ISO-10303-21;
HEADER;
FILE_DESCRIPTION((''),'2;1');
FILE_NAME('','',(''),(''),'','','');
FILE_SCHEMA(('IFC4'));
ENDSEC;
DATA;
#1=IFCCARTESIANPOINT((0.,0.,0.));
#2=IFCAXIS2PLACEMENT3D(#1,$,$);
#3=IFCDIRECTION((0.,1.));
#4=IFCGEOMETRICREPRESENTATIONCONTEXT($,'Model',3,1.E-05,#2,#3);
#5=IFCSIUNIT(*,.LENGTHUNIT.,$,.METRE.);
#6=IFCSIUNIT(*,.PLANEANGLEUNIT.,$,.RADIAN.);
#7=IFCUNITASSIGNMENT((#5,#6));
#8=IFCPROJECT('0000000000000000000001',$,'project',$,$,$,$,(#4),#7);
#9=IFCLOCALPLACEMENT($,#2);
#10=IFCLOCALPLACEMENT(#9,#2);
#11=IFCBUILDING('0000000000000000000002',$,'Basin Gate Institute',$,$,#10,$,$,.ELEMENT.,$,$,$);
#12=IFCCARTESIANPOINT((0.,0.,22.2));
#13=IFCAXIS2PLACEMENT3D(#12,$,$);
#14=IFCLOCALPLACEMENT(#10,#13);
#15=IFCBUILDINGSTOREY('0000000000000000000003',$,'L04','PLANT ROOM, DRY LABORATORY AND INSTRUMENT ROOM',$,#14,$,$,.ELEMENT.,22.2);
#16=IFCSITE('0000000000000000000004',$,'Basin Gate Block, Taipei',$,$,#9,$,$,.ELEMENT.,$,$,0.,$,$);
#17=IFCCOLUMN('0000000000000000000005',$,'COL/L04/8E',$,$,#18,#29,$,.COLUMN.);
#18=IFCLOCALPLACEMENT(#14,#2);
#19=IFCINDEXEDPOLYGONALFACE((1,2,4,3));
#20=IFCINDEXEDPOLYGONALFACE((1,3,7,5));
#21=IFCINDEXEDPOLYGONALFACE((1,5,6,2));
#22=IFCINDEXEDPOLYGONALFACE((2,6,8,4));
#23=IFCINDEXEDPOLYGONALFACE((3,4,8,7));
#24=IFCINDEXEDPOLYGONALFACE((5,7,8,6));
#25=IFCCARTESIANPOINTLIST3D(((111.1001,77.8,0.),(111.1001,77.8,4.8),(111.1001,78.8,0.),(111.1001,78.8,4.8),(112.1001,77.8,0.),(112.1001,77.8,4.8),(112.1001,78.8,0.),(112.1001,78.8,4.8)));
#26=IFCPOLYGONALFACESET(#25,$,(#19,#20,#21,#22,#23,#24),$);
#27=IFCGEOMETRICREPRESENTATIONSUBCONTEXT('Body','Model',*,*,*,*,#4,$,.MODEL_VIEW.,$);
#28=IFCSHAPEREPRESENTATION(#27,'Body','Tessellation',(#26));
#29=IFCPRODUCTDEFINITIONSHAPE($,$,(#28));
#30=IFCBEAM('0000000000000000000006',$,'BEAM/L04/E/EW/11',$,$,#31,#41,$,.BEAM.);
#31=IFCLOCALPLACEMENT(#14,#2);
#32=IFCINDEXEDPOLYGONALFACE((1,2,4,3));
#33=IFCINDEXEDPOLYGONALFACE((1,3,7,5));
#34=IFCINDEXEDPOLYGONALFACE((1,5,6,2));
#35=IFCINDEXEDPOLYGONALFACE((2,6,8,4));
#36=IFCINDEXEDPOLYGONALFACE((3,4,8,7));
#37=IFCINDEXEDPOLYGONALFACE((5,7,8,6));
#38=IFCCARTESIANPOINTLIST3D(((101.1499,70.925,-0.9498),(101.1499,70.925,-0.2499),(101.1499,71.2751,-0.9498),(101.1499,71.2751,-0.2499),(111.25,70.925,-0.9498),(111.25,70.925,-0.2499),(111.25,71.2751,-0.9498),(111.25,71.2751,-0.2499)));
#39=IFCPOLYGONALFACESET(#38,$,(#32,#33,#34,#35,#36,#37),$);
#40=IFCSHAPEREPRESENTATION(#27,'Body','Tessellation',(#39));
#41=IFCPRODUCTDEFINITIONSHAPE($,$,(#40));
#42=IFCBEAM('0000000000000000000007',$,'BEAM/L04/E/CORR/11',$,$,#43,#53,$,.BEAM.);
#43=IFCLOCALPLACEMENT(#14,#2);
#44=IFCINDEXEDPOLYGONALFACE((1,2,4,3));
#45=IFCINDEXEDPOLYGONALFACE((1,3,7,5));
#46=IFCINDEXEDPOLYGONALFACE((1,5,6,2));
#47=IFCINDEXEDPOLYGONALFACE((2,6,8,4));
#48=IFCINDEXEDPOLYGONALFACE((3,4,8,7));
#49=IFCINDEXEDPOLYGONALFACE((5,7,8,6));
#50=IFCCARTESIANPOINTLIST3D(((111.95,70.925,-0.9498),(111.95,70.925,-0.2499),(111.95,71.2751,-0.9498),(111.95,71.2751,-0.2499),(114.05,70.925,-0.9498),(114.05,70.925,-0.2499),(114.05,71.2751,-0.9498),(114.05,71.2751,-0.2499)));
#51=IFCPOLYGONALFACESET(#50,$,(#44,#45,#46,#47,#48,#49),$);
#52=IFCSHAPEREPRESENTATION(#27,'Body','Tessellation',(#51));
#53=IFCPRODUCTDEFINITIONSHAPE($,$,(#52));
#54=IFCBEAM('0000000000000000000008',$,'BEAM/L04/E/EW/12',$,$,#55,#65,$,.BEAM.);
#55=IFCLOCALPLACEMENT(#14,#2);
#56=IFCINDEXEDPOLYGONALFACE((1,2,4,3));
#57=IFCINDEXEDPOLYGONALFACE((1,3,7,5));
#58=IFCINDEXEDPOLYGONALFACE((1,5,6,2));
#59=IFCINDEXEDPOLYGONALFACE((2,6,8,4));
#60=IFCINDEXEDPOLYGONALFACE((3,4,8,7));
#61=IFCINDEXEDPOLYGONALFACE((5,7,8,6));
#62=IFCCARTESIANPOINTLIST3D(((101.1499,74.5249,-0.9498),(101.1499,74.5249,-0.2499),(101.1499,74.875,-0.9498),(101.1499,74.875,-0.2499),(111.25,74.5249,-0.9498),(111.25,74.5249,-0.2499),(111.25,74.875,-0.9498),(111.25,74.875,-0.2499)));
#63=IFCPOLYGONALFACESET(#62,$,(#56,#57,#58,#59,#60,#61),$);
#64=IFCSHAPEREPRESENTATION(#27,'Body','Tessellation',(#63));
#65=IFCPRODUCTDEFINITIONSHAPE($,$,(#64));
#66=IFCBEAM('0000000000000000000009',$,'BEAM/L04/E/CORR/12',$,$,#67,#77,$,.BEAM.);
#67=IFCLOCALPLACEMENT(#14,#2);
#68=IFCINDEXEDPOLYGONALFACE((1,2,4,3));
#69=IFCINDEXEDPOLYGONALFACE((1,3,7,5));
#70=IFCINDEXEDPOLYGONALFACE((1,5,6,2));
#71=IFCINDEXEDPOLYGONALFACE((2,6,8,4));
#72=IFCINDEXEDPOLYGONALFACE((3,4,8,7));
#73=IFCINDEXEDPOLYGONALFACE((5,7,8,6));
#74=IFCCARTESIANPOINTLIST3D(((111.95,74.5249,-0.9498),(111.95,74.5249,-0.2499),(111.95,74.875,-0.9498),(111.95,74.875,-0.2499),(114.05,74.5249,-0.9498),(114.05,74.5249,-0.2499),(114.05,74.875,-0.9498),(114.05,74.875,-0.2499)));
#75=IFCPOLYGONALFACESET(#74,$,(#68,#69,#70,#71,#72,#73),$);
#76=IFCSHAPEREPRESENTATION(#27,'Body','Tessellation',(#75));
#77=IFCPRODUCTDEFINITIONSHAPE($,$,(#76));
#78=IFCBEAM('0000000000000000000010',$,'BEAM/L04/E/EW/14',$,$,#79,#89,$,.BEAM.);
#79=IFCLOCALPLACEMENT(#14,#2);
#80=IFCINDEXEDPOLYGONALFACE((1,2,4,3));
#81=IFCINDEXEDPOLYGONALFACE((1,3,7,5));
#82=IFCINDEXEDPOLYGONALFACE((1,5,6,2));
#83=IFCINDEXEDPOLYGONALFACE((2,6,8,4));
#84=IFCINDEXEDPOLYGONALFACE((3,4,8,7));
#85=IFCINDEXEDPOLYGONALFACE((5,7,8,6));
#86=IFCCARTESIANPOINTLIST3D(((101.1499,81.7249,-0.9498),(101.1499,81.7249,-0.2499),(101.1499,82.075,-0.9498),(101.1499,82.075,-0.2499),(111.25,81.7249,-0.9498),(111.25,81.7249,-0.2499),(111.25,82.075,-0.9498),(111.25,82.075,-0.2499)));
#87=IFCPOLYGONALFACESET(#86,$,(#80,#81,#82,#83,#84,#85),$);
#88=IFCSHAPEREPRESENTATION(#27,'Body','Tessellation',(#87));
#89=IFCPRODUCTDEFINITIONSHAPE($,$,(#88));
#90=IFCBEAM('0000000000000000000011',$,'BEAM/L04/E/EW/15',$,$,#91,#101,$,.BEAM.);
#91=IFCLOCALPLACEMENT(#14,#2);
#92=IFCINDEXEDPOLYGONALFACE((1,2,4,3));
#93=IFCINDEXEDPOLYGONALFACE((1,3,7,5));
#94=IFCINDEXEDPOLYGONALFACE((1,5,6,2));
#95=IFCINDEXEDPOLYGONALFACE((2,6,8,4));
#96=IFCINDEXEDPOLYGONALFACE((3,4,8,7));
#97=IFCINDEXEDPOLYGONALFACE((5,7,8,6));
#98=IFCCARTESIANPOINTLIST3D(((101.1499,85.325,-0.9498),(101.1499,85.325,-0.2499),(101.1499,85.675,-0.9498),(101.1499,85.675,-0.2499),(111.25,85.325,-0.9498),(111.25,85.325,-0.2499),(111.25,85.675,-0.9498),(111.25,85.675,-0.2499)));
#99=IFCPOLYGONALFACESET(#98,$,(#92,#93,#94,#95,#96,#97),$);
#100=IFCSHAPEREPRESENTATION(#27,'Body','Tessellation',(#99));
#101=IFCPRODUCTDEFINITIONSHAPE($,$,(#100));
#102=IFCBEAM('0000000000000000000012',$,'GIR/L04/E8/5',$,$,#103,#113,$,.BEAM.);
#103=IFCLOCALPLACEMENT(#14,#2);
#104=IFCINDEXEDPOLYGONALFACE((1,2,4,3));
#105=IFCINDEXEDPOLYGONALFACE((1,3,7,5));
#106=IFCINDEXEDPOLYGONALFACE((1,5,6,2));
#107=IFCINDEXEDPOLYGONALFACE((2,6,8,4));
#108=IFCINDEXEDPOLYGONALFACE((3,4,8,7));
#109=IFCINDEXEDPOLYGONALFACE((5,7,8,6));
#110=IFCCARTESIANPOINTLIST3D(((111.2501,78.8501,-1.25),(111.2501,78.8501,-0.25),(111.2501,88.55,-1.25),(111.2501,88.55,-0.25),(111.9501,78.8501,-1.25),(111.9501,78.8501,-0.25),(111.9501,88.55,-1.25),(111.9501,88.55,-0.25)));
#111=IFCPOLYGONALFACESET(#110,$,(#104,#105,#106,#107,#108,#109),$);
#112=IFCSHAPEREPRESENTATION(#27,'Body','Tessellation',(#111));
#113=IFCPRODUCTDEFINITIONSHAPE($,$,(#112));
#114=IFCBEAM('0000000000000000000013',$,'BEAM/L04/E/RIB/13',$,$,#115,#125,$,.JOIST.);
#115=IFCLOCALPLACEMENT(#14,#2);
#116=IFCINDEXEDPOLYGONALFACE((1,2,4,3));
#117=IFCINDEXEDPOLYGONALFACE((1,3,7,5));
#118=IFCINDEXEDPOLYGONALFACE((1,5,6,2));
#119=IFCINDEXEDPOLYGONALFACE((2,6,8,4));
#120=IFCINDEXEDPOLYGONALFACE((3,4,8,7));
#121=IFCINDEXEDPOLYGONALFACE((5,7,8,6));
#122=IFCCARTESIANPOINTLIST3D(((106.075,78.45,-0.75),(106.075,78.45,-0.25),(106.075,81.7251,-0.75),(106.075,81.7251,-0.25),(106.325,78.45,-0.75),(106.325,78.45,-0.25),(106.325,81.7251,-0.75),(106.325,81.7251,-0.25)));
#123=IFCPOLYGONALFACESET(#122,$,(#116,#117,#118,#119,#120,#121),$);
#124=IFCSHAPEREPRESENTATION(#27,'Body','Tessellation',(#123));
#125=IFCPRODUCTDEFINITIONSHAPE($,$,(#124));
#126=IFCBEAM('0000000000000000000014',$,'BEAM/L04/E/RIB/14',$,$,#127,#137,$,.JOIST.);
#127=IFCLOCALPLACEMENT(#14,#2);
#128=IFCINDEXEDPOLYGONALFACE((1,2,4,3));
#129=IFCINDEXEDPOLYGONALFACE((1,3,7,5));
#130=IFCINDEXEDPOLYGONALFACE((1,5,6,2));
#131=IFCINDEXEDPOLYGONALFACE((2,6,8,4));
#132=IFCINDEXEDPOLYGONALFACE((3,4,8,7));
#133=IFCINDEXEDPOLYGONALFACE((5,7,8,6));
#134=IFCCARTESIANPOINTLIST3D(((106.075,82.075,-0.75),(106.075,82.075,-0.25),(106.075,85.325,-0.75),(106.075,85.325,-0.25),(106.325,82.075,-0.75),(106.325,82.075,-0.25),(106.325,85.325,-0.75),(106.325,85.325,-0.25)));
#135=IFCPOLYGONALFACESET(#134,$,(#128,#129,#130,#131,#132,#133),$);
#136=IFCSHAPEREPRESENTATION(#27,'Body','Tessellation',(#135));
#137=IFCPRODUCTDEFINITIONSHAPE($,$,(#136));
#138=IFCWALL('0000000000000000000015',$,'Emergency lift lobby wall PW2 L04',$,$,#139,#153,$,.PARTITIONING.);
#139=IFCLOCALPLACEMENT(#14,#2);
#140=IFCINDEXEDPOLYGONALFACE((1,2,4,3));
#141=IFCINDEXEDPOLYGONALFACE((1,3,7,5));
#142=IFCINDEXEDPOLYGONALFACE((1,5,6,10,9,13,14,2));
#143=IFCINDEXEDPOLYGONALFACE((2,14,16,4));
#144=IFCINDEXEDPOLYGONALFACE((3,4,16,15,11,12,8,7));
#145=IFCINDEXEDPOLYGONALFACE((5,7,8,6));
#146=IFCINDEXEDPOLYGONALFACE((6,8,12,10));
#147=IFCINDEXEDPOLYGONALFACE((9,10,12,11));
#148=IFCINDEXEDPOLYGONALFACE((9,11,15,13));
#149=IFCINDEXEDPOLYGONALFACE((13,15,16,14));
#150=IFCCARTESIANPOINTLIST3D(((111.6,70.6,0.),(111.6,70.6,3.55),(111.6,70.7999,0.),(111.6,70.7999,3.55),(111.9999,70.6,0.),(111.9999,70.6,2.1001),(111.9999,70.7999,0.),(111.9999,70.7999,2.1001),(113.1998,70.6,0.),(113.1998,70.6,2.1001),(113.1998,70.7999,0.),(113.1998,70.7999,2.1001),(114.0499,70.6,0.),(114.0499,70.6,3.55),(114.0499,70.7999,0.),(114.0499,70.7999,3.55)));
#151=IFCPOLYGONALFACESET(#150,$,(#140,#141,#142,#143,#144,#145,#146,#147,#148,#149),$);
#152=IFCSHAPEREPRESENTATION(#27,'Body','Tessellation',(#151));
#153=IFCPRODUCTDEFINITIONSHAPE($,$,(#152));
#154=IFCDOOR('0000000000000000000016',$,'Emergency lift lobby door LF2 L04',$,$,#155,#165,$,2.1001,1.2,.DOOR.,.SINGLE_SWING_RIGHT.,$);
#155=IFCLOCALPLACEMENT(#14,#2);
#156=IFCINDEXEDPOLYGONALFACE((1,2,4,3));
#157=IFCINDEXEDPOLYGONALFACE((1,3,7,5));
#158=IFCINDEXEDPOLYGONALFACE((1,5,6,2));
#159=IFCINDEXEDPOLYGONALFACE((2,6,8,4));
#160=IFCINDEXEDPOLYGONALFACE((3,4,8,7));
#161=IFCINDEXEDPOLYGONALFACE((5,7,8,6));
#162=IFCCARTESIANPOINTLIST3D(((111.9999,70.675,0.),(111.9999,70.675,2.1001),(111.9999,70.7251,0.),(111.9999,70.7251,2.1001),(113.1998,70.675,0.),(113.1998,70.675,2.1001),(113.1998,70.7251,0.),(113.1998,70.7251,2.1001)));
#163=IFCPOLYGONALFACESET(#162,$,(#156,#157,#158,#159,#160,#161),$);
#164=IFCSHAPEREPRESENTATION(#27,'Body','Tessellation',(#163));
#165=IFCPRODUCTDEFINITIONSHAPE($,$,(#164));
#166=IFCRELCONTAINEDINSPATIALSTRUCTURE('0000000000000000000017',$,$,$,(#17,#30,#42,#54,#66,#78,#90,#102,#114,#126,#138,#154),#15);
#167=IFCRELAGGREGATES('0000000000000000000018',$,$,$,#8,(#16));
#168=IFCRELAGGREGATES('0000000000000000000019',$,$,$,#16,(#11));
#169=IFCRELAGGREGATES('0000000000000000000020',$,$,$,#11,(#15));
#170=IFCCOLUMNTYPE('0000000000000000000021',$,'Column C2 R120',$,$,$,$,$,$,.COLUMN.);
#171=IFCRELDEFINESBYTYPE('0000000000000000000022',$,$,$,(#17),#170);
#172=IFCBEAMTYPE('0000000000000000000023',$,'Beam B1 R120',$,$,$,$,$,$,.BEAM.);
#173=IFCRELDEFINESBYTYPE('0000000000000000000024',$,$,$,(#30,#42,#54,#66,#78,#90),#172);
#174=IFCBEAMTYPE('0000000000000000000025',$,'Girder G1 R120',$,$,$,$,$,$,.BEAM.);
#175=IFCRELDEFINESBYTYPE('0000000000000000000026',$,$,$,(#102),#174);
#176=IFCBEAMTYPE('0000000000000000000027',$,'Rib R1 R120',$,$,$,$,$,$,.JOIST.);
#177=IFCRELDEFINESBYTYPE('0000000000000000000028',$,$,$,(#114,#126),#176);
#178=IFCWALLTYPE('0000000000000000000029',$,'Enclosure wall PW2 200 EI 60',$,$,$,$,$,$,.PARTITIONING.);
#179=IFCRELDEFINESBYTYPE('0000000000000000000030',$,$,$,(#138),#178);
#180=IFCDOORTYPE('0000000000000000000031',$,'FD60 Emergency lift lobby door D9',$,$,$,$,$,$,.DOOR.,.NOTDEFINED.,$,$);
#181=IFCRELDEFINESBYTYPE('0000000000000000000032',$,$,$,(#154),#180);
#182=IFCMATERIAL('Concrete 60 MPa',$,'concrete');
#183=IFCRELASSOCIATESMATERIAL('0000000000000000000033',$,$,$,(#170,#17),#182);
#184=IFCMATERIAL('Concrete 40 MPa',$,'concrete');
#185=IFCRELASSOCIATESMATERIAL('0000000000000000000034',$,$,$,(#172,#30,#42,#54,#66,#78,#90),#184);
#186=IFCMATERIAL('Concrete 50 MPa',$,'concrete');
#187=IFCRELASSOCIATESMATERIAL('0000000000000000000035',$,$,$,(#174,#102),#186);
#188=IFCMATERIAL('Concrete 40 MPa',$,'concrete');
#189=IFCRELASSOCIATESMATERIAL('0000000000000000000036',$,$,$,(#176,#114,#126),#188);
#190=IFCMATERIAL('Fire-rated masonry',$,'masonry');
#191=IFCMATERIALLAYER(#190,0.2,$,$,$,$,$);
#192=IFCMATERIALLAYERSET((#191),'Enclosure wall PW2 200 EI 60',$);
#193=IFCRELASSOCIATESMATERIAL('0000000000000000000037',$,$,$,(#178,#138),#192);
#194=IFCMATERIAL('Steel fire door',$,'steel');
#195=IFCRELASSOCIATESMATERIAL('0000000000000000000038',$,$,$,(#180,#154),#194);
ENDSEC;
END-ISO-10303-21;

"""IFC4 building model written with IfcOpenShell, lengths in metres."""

from ifc_helpers import new_model, si_unit, direction, frame, frame_2d, origin, origin_2d, place, context, subcontext, project, spatial, rectangle, extrude, material, layer, layer_set, material_profile, profile_set, type_object, element, fill, save


model = new_model("IFC4")

# Units and contexts
model_context = context("Model", 3, precision=1e-05, world=origin(), true_north=direction((0.0, 1.0)))
body_context = subcontext(model_context, "Body", "Model", "MODEL_VIEW")
ifc_project = project(units=[si_unit("LENGTHUNIT", "METRE"), si_unit("PLANEANGLEUNIT", "RADIAN")], contexts=[model_context])

# Site, building, storey
site_placement = place(None, origin())
site = spatial("IfcSite", under=ifc_project, at=site_placement, Name="Basin Gate Block, Taipei", CompositionType="ELEMENT", RefElevation=0.0)
building_placement = place(site_placement, origin())
building = spatial("IfcBuilding", under=site, at=building_placement, Name="Basin Gate Institute", CompositionType="ELEMENT")
storey_placement = place(building_placement, frame((0.0, 0.0, 22.2)))
storey = spatial("IfcBuildingStorey", under=building, at=storey_placement, Name="L04", Description="PLANT ROOM, DRY LABORATORY AND INSTRUMENT ROOM", CompositionType="ELEMENT", Elevation=22.2)

# Column
ifc_material_1 = material(Name="Concrete 60 MPa", Category="concrete")
ifc_material_profile_1 = material_profile(ifc_material_1, rectangle(XDim=1.0, YDim=1.0, at=origin_2d()), Name="Column C2 1000 x 1000")
ifc_profile_set_1 = profile_set([ifc_material_profile_1], Name="Concrete 60 MPa")
column_type = type_object("IfcColumnType", Name="Column C2 R120", PredefinedType="COLUMN", material=ifc_profile_set_1)
column_placement = place(storey_placement, frame((111.6001, 78.3, 0.0), z_axis=(0.0, 0.0, 1.0), x_axis=(1.0, 0.0, 0.0)))
element("IfcColumn", 1, at=column_placement, inside=storey, type_object=column_type, material=ifc_profile_set_1, Name="COL/L04/8E", PredefinedType="COLUMN", context=body_context, shape_type="SweptSolid", body=[
    extrude(rectangle(XDim=1.0, YDim=1.0, at=origin_2d()), origin(), (0.0, 0.0, 1.0), 4.8),
])

# Beams
ifc_material_2 = material(Name="Concrete 40 MPa", Category="concrete")
ifc_material_profile_2 = material_profile(ifc_material_2, rectangle(XDim=0.3501, YDim=0.7, at=origin_2d()), Name="Beam B1 350 x 700")
ifc_profile_set_2 = profile_set([ifc_material_profile_2], Name="Concrete 40 MPa")
beam_type_1 = type_object("IfcBeamType", Name="Beam B1 R120", PredefinedType="BEAM", material=ifc_profile_set_2)
beam_1_placement = place(storey_placement, frame((111.25, 71.1001, -0.5999), z_axis=(-1.0, 0.0, 0.0), x_axis=(0.0, -1.0, 0.0)))
element("IfcBeam", 2, at=beam_1_placement, inside=storey, type_object=beam_type_1, material=ifc_profile_set_2, Name="BEAM/L04/E/EW/11", PredefinedType="BEAM", context=body_context, shape_type="SweptSolid", body=[
    extrude(rectangle(XDim=0.3501, YDim=0.7, at=origin_2d()), origin(), (0.0, 0.0, 1.0), 10.1001),
])
beam_2_placement = place(storey_placement, frame((114.05, 71.1001, -0.5999), z_axis=(-1.0, 0.0, 0.0), x_axis=(0.0, -1.0, 0.0)))
element("IfcBeam", 3, at=beam_2_placement, inside=storey, type_object=beam_type_1, material=ifc_profile_set_2, Name="BEAM/L04/E/CORR/11", PredefinedType="BEAM", context=body_context, shape_type="SweptSolid", body=[
    extrude(rectangle(XDim=0.3501, YDim=0.7, at=origin_2d()), origin(), (0.0, 0.0, 1.0), 2.1001),
])
beam_3_placement = place(storey_placement, frame((111.25, 74.7, -0.5999), z_axis=(-1.0, 0.0, 0.0), x_axis=(0.0, -1.0, 0.0)))
element("IfcBeam", 4, at=beam_3_placement, inside=storey, type_object=beam_type_1, material=ifc_profile_set_2, Name="BEAM/L04/E/EW/12", PredefinedType="BEAM", context=body_context, shape_type="SweptSolid", body=[
    extrude(rectangle(XDim=0.3501, YDim=0.7, at=origin_2d()), origin(), (0.0, 0.0, 1.0), 10.1001),
])
beam_4_placement = place(storey_placement, frame((114.05, 74.7, -0.5999), z_axis=(-1.0, 0.0, 0.0), x_axis=(0.0, -1.0, 0.0)))
element("IfcBeam", 5, at=beam_4_placement, inside=storey, type_object=beam_type_1, material=ifc_profile_set_2, Name="BEAM/L04/E/CORR/12", PredefinedType="BEAM", context=body_context, shape_type="SweptSolid", body=[
    extrude(rectangle(XDim=0.3501, YDim=0.7, at=origin_2d()), origin(), (0.0, 0.0, 1.0), 2.1001),
])
for number, where, z_axis, x_axis, name in (
    (6, (111.25, 81.8999, -0.5999), (-1.0, 0.0, 0.0), (0.0, -1.0, 0.0), "BEAM/L04/E/EW/14"),
    (7, (111.25, 85.5, -0.5999), (-1.0, 0.0, 0.0), (0.0, -1.0, 0.0), "BEAM/L04/E/EW/15"),
):
    element("IfcBeam", number, at=place(storey_placement, frame(where, z_axis=z_axis, x_axis=x_axis)), inside=storey, type_object=beam_type_1, material=ifc_profile_set_2, Name=name, PredefinedType="BEAM", context=body_context, shape_type="SweptSolid", body=[
        extrude(rectangle(XDim=0.3501, YDim=0.7, at=origin_2d()), origin(), (0.0, 0.0, 1.0), 10.1001),
    ])
ifc_material_3 = material(Name="Concrete 50 MPa", Category="concrete")
ifc_material_profile_3 = material_profile(ifc_material_3, rectangle(XDim=0.7, YDim=1.0, at=origin_2d()), Name="Girder G1 700 x 1000")
ifc_profile_set_3 = profile_set([ifc_material_profile_3], Name="Concrete 50 MPa")
beam_type_2 = type_object("IfcBeamType", Name="Girder G1 R120", PredefinedType="BEAM", material=ifc_profile_set_3)
beam_5_placement = place(storey_placement, frame((111.6001, 78.8501, -0.75), z_axis=(0.0, 1.0, 0.0), x_axis=(-1.0, 0.0, 0.0)))
element("IfcBeam", 8, at=beam_5_placement, inside=storey, type_object=beam_type_2, material=ifc_profile_set_3, Name="GIR/L04/E8/5", PredefinedType="BEAM", context=body_context, shape_type="SweptSolid", body=[
    extrude(rectangle(XDim=0.7, YDim=1.0, at=origin_2d()), origin(), (0.0, 0.0, 1.0), 9.7),
])
ifc_material_4 = material(Name="Concrete 40 MPa", Category="concrete")
ifc_material_profile_4 = material_profile(ifc_material_4, rectangle(XDim=0.25, YDim=0.5, at=origin_2d()), Name="Rib R1 250 x 500")
ifc_profile_set_4 = profile_set([ifc_material_profile_4], Name="Concrete 40 MPa")
beam_type_3 = type_object("IfcBeamType", Name="Rib R1 R120", PredefinedType="JOIST", material=ifc_profile_set_4)
beam_6_placement = place(storey_placement, frame((106.2, 78.45, -0.5), z_axis=(0.0, 1.0, 0.0), x_axis=(-1.0, 0.0, 0.0)))
element("IfcBeam", 9, at=beam_6_placement, inside=storey, type_object=beam_type_3, material=ifc_profile_set_4, Name="BEAM/L04/E/RIB/13", PredefinedType="JOIST", context=body_context, shape_type="SweptSolid", body=[
    extrude(rectangle(XDim=0.25, YDim=0.5, at=origin_2d()), origin(), (0.0, 0.0, 1.0), 3.2751),
])
beam_7_placement = place(storey_placement, frame((106.2, 82.075, -0.5), z_axis=(0.0, 1.0, 0.0), x_axis=(-1.0, 0.0, 0.0)))
element("IfcBeam", 10, at=beam_7_placement, inside=storey, type_object=beam_type_3, material=ifc_profile_set_4, Name="BEAM/L04/E/RIB/14", PredefinedType="JOIST", context=body_context, shape_type="SweptSolid", body=[
    extrude(rectangle(XDim=0.25, YDim=0.5, at=origin_2d()), origin(), (0.0, 0.0, 1.0), 3.25),
])

# Wall, opening, door
ifc_material_5 = material(Name="Fire-rated masonry", Category="masonry")
ifc_layer_1 = layer(ifc_material_5, 0.2)
ifc_layer_set_1 = layer_set([ifc_layer_1], Name="Enclosure wall PW2 200 EI 60")
wall_type_1 = type_object("IfcWallType", Name="Enclosure wall PW2 200 EI 60", PredefinedType="PARTITIONING", material=ifc_layer_set_1)
wall_1_placement = place(storey_placement, frame((114.05, 70.7, 0.0), z_axis=(0.0, 0.0, 1.0), x_axis=(-1.0, 0.0, 0.0)))
wall_1 = element("IfcWall", 11, at=wall_1_placement, inside=storey, type_object=wall_type_1, material=ifc_layer_set_1, Name="Emergency lift lobby wall PW2 L04", PredefinedType="PARTITIONING", context=body_context, shape_type="SweptSolid", body=[
    extrude(rectangle(XDim=2.45, YDim=0.2, at=frame_2d((1.2251, 0.0))), origin(), (0.0, 0.0, 1.0), 3.55),
])
opening_1_placement = place(wall_1_placement, frame((0.8501, 0.0, 0.0)))
opening_1 = element("IfcOpeningElement", 12, at=opening_1_placement, cuts=wall_1, PredefinedType="OPENING", context=body_context, shape_type="SweptSolid", body=[
    extrude(rectangle(XDim=1.2, YDim=2.1001, at=frame_2d((0.6001, 1.05))), frame((0.0, 0.1099, 0.0), z_axis=(0.0, -1.0, 0.0), x_axis=(1.0, 0.0, 0.0)), (0.0, 0.0, 1.0), 0.22),
])
ifc_material_6 = material(Name="Steel fire door", Category="steel")
door_type_1 = type_object("IfcDoorType", Name="FD60 Emergency lift lobby door D9", OperationType="NOTDEFINED", PredefinedType="DOOR", material=ifc_material_6)
door_1_placement = place(opening_1_placement, origin())
door_1 = element("IfcDoor", 13, at=door_1_placement, inside=storey, type_object=door_type_1, material=ifc_material_6, Name="Emergency lift lobby door LF2 L04", OperationType="SINGLE_SWING_RIGHT", OverallHeight=2.1001, OverallWidth=1.2, PredefinedType="DOOR", context=body_context, shape_type="SweptSolid", body=[
    extrude(rectangle(XDim=1.2, YDim=2.1001, at=frame_2d((0.6001, 1.05))), frame((0.0, 0.0249, 0.0), z_axis=(0.0, -1.0, 0.0), x_axis=(1.0, 0.0, 0.0)), (0.0, 0.0, 1.0), 0.05),
])
fill(opening_1, door_1)

save(model, "model.ifc")
